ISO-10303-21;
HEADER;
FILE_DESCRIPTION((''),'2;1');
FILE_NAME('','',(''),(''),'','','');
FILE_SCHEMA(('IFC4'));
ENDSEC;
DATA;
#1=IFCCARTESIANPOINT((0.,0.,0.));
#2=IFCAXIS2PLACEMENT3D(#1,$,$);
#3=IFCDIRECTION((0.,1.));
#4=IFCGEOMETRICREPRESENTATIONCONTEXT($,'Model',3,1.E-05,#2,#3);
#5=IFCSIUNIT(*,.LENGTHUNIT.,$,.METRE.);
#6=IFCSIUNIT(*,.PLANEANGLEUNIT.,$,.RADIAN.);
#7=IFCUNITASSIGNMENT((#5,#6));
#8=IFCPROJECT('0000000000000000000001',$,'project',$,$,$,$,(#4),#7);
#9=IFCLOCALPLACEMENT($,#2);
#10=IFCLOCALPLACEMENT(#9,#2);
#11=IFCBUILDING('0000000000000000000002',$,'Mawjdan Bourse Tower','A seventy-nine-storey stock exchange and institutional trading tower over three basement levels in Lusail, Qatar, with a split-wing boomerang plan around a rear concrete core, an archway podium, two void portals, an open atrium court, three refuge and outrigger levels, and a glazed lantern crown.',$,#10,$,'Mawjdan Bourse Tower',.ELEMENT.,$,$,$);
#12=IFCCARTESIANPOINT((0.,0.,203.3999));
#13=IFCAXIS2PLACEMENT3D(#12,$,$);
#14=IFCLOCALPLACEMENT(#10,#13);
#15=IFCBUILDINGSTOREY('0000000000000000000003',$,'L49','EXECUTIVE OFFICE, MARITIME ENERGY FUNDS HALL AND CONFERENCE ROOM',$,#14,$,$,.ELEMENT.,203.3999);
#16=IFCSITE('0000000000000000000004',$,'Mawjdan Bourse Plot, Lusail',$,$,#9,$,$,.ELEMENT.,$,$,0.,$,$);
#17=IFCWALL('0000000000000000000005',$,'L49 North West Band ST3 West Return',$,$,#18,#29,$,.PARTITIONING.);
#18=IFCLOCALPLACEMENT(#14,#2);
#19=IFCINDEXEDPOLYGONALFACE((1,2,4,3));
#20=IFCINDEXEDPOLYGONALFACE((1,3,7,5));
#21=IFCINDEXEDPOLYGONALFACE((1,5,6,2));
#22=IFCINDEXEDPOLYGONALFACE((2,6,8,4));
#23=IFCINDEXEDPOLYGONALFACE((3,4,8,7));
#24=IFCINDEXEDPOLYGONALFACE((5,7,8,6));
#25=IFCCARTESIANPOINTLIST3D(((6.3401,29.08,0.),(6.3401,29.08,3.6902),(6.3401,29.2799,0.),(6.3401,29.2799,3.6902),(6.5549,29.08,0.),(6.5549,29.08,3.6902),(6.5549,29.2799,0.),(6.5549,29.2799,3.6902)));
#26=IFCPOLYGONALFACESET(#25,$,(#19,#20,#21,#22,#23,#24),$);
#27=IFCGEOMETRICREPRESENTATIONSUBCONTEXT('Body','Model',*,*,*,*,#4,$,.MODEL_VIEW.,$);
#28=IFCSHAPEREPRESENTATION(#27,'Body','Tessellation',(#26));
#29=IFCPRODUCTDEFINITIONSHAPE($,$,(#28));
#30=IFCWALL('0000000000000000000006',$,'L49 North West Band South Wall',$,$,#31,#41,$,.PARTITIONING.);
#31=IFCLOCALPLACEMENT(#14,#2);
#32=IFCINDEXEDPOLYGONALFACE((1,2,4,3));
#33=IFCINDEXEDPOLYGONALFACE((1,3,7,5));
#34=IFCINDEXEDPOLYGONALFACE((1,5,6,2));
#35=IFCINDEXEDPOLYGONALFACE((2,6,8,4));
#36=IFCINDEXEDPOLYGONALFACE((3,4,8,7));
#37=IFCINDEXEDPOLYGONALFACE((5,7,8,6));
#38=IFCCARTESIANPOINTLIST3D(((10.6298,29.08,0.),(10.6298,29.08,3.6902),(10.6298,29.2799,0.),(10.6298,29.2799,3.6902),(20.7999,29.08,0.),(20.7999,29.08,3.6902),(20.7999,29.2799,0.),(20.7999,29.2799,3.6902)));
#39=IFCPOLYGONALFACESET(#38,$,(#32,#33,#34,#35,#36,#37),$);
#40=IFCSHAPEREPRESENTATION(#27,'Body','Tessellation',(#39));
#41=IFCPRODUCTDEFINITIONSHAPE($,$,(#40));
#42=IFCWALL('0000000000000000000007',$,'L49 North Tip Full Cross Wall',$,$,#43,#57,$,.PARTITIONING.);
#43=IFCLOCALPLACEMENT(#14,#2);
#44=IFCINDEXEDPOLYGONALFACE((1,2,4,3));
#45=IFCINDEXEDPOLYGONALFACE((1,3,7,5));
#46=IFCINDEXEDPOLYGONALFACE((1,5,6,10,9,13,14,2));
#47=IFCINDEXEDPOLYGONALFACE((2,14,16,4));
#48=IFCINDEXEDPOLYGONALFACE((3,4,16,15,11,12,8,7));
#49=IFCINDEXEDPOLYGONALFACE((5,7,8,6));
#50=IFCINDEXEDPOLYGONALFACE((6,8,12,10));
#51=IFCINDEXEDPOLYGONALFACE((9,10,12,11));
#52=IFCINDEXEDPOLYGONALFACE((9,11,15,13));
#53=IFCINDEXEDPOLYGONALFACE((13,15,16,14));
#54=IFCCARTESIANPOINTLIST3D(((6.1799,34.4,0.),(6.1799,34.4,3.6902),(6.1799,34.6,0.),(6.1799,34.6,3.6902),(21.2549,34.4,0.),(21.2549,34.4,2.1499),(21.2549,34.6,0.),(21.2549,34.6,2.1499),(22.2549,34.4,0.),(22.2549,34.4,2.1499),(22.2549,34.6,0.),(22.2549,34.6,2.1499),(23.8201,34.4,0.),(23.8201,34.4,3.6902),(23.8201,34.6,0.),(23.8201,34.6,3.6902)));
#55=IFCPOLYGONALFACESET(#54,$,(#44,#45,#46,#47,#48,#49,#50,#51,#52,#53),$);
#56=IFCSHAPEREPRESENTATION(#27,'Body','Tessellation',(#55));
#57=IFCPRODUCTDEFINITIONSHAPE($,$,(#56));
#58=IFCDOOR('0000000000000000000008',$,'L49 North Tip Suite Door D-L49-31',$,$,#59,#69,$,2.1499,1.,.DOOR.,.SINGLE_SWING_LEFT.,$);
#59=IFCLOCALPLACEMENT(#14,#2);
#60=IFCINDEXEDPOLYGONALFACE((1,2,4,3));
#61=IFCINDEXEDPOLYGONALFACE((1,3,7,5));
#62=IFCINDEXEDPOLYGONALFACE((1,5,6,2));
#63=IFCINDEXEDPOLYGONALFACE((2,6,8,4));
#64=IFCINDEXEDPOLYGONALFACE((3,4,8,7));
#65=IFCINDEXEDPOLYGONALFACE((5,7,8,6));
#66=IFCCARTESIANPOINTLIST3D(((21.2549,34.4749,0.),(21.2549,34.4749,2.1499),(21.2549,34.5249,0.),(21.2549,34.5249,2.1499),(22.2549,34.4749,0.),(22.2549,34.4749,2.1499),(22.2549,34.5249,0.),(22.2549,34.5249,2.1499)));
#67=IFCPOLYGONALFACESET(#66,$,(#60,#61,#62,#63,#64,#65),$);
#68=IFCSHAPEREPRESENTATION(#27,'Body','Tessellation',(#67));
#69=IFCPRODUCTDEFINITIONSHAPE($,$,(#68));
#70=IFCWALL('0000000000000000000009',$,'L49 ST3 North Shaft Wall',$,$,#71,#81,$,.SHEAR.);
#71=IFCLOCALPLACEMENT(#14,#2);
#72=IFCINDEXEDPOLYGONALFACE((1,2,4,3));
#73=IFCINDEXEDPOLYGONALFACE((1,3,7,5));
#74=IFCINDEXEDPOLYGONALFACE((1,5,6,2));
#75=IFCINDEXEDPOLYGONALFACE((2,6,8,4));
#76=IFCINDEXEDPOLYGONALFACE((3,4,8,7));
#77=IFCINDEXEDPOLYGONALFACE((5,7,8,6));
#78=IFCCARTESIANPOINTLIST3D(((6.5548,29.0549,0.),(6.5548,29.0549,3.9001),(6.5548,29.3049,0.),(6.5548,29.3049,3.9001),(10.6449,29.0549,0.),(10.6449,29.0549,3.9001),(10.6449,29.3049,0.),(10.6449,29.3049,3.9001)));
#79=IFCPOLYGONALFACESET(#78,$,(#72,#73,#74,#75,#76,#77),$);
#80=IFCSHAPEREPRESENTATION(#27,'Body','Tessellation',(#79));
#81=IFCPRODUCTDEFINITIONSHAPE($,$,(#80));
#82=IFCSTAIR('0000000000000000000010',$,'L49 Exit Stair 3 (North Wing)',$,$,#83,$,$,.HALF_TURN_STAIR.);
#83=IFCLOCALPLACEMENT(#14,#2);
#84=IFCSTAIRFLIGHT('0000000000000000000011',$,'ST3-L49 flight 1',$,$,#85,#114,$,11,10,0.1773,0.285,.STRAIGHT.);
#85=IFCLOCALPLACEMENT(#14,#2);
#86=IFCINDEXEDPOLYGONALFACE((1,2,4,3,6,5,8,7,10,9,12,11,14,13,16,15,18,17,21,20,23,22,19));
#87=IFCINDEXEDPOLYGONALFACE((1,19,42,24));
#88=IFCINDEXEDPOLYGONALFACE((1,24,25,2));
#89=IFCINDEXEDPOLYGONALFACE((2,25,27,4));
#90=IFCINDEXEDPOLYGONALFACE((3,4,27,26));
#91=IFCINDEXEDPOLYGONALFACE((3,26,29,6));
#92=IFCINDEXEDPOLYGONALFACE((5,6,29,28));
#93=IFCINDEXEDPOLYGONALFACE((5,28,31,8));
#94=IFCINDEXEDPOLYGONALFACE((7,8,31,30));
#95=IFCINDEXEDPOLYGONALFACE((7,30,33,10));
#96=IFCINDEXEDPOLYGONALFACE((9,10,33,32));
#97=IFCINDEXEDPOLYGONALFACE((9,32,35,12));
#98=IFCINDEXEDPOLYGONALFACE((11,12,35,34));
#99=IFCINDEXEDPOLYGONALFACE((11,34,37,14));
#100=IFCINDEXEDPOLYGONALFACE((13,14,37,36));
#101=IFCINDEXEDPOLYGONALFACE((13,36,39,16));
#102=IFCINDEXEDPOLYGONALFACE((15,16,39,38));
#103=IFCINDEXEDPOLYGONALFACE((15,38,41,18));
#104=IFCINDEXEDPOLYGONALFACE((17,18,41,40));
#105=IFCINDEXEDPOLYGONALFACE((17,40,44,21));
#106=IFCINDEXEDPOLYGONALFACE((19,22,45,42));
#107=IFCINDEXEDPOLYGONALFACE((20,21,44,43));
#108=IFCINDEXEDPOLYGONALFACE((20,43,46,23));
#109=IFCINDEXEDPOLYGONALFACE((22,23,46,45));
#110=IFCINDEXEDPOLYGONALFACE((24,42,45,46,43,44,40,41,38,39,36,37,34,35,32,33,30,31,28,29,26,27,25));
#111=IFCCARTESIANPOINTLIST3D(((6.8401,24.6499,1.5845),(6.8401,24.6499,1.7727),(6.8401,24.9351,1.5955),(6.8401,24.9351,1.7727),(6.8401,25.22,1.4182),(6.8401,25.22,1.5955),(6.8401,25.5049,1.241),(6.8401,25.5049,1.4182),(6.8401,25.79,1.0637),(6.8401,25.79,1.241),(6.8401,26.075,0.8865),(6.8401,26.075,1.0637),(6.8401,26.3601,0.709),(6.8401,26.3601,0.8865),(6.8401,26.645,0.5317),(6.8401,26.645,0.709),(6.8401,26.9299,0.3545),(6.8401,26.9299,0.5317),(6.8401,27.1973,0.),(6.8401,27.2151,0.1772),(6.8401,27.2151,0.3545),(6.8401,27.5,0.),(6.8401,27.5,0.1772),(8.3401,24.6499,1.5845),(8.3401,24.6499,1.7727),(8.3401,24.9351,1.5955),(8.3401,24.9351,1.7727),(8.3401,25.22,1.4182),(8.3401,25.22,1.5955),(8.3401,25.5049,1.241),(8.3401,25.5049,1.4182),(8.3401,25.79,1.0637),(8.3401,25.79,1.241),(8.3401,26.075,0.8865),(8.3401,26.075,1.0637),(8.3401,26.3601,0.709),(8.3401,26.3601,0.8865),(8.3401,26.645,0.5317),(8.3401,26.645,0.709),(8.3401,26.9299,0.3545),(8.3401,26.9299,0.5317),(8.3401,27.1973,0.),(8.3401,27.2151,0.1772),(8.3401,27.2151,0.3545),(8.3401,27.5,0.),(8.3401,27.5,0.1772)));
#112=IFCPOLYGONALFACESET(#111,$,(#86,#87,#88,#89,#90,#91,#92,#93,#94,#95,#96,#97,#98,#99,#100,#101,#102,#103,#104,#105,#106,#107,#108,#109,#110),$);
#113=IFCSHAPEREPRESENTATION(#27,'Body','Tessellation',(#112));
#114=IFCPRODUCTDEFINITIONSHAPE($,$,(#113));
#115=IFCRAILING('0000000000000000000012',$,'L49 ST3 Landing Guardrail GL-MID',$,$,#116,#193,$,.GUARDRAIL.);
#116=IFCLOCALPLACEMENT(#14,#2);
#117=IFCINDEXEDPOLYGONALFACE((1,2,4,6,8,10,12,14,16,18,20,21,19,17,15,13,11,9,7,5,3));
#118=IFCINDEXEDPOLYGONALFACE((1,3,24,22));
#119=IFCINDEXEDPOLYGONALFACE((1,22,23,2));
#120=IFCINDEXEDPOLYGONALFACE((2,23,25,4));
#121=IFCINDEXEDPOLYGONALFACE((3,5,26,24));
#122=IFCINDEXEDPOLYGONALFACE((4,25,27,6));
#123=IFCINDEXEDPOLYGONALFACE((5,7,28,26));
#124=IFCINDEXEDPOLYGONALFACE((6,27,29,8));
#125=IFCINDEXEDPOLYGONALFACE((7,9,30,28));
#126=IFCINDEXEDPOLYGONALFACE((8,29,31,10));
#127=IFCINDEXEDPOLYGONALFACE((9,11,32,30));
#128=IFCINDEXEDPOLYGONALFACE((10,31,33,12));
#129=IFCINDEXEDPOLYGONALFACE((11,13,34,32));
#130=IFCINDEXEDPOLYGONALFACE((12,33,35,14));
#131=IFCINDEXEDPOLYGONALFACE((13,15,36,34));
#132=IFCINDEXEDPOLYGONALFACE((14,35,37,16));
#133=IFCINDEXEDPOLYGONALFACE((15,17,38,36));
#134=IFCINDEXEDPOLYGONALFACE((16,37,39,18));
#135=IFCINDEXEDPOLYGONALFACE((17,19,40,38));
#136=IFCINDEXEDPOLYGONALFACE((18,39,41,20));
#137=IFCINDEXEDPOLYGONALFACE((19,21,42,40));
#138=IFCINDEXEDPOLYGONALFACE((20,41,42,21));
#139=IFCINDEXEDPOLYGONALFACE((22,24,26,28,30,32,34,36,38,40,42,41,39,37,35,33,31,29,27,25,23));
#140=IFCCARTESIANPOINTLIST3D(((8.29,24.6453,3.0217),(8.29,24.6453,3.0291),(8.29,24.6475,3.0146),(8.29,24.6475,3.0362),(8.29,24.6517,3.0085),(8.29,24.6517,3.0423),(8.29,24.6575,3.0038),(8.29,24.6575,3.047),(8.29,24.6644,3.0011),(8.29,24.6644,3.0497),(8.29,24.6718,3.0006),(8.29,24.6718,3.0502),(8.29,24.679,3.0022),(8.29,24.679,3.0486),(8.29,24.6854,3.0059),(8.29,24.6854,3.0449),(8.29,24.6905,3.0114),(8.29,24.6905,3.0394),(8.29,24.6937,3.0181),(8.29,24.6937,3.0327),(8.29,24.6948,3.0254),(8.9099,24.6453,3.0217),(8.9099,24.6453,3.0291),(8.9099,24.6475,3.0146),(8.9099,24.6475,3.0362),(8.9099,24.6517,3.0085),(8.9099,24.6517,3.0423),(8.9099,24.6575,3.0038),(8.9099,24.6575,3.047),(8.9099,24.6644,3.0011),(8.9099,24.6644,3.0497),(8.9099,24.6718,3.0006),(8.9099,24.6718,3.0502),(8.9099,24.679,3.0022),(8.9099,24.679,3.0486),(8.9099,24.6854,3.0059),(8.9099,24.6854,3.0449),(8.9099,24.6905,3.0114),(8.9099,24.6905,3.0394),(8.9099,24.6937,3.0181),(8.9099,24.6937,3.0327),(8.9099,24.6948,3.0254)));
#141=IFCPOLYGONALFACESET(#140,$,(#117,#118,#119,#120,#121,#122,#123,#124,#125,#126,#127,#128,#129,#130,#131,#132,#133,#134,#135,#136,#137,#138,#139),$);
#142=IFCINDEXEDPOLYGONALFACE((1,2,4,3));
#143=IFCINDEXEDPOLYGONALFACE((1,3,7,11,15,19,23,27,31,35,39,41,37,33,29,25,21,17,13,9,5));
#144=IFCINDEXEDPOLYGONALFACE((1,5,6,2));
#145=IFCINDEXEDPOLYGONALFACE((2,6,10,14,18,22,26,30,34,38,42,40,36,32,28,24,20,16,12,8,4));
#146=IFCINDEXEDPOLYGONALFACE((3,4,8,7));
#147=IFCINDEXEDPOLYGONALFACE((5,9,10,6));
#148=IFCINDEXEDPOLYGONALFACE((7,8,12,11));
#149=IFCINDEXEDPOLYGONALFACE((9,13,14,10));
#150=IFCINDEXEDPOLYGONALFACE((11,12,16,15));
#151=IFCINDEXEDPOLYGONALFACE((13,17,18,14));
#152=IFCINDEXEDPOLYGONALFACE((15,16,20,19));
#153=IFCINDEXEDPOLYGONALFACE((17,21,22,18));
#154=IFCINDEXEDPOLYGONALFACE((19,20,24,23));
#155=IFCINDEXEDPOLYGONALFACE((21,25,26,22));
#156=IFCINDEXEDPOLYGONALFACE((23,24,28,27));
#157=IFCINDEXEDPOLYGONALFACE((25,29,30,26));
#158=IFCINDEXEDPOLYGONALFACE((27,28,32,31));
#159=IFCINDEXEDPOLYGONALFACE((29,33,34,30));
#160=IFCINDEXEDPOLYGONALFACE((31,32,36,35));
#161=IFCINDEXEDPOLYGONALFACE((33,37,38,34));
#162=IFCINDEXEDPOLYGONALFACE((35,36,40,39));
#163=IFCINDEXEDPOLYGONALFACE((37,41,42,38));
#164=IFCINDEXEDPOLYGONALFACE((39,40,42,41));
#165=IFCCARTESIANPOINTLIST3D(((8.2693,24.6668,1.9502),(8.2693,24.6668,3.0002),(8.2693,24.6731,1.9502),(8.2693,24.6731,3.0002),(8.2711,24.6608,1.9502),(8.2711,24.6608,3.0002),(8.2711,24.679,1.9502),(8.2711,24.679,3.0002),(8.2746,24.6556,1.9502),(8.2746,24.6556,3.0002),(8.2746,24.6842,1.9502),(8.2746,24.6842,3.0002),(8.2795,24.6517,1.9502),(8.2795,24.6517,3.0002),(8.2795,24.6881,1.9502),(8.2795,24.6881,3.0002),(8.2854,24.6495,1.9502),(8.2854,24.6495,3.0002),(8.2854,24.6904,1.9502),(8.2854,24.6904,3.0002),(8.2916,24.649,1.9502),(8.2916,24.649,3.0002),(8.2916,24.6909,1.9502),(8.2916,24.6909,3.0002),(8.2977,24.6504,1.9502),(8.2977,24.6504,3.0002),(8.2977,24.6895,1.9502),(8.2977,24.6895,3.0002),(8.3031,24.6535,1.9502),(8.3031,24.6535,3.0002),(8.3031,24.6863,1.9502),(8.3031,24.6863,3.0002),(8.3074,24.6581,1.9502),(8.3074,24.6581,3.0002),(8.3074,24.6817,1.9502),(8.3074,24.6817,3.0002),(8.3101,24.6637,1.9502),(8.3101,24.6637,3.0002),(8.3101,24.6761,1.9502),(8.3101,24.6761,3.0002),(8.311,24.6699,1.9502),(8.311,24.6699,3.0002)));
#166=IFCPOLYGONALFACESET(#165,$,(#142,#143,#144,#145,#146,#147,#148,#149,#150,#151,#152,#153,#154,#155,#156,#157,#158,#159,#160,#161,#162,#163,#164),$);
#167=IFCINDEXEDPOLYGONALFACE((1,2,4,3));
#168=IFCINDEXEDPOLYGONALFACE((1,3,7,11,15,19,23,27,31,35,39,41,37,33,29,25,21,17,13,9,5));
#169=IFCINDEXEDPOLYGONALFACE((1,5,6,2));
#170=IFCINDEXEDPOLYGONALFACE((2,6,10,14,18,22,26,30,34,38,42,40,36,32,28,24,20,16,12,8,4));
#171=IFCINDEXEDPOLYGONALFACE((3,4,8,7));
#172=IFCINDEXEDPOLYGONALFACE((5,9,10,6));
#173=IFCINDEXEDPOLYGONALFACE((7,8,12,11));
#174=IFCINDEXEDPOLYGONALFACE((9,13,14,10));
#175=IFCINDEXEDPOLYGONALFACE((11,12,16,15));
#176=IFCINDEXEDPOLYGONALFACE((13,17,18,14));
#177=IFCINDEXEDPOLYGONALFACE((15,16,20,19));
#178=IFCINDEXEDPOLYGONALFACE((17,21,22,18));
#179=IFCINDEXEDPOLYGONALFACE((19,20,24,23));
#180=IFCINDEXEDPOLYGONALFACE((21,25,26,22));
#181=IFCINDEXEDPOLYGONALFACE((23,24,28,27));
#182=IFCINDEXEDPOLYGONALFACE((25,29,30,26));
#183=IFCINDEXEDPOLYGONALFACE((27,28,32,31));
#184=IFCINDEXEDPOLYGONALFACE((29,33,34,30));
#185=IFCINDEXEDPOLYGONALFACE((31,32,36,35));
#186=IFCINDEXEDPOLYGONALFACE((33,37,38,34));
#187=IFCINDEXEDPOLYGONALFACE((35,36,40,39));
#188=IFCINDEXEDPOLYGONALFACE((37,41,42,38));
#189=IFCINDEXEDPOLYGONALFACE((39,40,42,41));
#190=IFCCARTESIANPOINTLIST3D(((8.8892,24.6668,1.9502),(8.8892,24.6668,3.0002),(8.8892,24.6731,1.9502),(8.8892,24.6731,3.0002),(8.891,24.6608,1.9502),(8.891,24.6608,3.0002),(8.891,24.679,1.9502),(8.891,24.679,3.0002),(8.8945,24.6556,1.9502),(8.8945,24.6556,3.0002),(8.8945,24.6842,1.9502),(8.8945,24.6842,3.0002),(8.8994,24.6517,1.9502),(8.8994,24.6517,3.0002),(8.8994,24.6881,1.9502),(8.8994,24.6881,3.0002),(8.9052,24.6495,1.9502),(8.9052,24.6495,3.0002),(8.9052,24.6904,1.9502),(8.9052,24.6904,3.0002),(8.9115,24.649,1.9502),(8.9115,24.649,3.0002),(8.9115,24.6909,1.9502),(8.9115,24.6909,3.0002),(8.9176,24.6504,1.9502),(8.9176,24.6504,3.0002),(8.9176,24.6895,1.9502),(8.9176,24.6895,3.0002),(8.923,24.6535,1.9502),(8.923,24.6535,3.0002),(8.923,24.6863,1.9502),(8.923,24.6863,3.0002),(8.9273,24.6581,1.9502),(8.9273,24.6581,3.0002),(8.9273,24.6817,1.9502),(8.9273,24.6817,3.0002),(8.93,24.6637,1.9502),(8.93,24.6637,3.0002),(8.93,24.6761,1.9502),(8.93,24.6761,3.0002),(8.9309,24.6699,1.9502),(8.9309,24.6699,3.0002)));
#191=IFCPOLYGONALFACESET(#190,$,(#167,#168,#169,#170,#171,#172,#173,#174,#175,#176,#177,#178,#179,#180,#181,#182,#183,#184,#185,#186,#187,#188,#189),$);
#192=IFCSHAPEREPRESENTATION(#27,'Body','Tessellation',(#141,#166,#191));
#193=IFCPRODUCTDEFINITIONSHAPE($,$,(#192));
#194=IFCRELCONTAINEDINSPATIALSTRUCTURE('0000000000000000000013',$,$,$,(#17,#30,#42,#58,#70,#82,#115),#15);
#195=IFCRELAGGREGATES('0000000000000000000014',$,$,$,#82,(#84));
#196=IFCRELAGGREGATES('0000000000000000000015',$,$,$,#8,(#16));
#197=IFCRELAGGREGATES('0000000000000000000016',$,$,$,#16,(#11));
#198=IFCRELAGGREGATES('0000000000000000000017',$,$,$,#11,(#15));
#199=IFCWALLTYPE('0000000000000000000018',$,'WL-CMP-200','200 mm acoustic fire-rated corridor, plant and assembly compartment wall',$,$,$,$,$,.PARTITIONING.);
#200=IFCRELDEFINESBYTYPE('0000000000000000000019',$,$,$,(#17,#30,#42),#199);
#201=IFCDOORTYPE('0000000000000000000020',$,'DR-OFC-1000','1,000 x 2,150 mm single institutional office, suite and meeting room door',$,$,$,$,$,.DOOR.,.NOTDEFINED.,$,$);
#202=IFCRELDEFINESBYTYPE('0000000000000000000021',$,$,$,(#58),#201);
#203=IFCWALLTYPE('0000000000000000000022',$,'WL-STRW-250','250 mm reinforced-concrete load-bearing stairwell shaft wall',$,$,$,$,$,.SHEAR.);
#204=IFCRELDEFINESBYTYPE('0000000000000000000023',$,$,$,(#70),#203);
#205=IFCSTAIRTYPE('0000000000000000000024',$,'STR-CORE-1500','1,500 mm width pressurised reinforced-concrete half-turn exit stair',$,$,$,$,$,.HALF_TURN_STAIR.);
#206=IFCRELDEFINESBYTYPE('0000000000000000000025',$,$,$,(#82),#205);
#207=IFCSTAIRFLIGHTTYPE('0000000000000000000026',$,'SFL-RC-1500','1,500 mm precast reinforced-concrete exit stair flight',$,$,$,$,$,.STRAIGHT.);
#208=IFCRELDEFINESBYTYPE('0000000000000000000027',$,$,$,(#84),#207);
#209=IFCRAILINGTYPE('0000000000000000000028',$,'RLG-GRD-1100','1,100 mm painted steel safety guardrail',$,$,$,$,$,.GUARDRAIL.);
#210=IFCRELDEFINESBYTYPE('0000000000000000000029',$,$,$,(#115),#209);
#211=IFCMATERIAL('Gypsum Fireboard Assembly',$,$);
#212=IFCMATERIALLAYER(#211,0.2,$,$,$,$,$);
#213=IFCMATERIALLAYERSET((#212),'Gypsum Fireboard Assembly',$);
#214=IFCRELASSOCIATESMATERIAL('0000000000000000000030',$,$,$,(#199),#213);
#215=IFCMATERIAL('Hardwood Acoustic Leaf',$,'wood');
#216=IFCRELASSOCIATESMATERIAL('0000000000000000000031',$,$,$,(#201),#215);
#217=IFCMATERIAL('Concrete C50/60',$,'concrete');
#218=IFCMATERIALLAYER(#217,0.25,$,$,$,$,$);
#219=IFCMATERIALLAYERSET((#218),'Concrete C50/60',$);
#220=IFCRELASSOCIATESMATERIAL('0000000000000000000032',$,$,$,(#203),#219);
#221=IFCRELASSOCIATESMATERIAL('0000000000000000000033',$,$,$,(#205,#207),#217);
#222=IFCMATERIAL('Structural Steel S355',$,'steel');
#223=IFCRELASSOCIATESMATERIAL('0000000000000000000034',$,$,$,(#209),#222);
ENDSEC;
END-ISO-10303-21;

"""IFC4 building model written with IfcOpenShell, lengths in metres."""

from ifc_helpers import new_model, si_unit, direction, frame, frame_2d, origin, origin_2d, place, context, subcontext, project, spatial, polyline, rectangle, circle, outline, extrude, material, layer, layer_set, type_object, element, fill, aggregate, save


model = new_model("IFC4")

# Units and contexts
model_context = context("Model", 3, precision=1e-05, world=origin(), true_north=direction((0.0, 1.0)))
body_context = subcontext(model_context, "Body", "Model", "MODEL_VIEW")
ifc_project = project(units=[si_unit("LENGTHUNIT", "METRE"), si_unit("PLANEANGLEUNIT", "RADIAN")], contexts=[model_context])

# Site, building, storey
site_placement = place(None, origin())
site = spatial("IfcSite", under=ifc_project, at=site_placement, Name="Mawjdan Bourse Plot, Lusail", CompositionType="ELEMENT", RefElevation=0.0)
building_placement = place(site_placement, origin())
building = spatial("IfcBuilding", under=site, at=building_placement, Name="Mawjdan Bourse Tower", Description="A seventy-nine-storey stock exchange and institutional trading tower over three basement levels in Lusail, Qatar, with a split-wing boomerang plan around a rear concrete core, an archway podium, two void portals, an open atrium court, three refuge and outrigger levels, and a glazed lantern crown.", LongName="Mawjdan Bourse Tower", CompositionType="ELEMENT")
storey_placement = place(building_placement, frame((0.0, 0.0, 203.3999)))
storey = spatial("IfcBuildingStorey", under=building, at=storey_placement, Name="L49", Description="EXECUTIVE OFFICE, MARITIME ENERGY FUNDS HALL AND CONFERENCE ROOM", CompositionType="ELEMENT", Elevation=203.3999)

# Shared definitions
ifc_material_1 = material(Name="Structural Steel S355", Category="steel")

# Shared definitions
ifc_material_2 = material(Name="Gypsum Fireboard Assembly")
ifc_layer_1 = layer(ifc_material_2, 0.2)
ifc_layer_set_1 = layer_set([ifc_layer_1], Name="Gypsum Fireboard Assembly")
wall_type_1 = type_object("IfcWallType", Name="WL-CMP-200", Description="200 mm acoustic fire-rated corridor, plant and assembly compartment wall", PredefinedType="PARTITIONING", material=ifc_layer_set_1)
ifc_material_3 = material(Name="Hardwood Acoustic Leaf", Category="wood")
door_type = type_object("IfcDoorType", Name="DR-OFC-1000", Description="1,000 x 2,150 mm single institutional office, suite and meeting room door", OperationType="NOTDEFINED", PredefinedType="DOOR", material=ifc_material_3)

# Walls
wall_1_placement = place(storey_placement, frame((6.3401, 29.1799, 0.0), z_axis=(0.0, 0.0, 1.0), x_axis=(1.0, 0.0, 0.0)))
element("IfcWall", 1, at=wall_1_placement, inside=storey, type_object=wall_type_1, Name="L49 North West Band ST3 West Return", PredefinedType="PARTITIONING", context=body_context, shape_type="SweptSolid", body=[
    extrude(rectangle(XDim=0.2148, YDim=0.2, at=frame_2d((0.1074, 0.0))), origin(), (0.0, 0.0, 1.0), 3.6902),
])
wall_2_placement = place(storey_placement, frame((10.6299, 29.1799, 0.0), z_axis=(0.0, 0.0, 1.0), x_axis=(1.0, 0.0, 0.0)))
element("IfcWall", 2, at=wall_2_placement, inside=storey, type_object=wall_type_1, Name="L49 North West Band South Wall", PredefinedType="PARTITIONING", context=body_context, shape_type="SweptSolid", body=[
    extrude(rectangle(XDim=10.1702, YDim=0.2, at=frame_2d((5.085, 0.0))), origin(), (0.0, 0.0, 1.0), 3.6902),
])

# Wall, opening, door
wall_3_placement = place(storey_placement, frame((6.1799, 34.5, 0.0), z_axis=(0.0, 0.0, 1.0), x_axis=(1.0, 0.0, 0.0)))
wall_3 = element("IfcWall", 3, at=wall_3_placement, inside=storey, type_object=wall_type_1, Name="L49 North Tip Full Cross Wall", PredefinedType="PARTITIONING", context=body_context, shape_type="SweptSolid", body=[
    extrude(rectangle(XDim=17.6401, YDim=0.2, at=frame_2d((8.8201, 0.0))), origin(), (0.0, 0.0, 1.0), 3.6902),
])
opening_1_placement = place(wall_3_placement, frame((15.075, 0.0, 0.0)))
opening_1 = element("IfcOpeningElement", 4, at=opening_1_placement, cuts=wall_3, PredefinedType="OPENING", context=body_context, shape_type="SweptSolid", body=[
    extrude(rectangle(XDim=1.0, YDim=2.1499, at=frame_2d((0.5, 1.075))), frame((0.0, 0.1099, 0.0), z_axis=(0.0, -1.0, 0.0), x_axis=(1.0, 0.0, 0.0)), (0.0, 0.0, 1.0), 0.22),
])
door_1_placement = place(opening_1_placement, origin())
door_1 = element("IfcDoor", 5, at=door_1_placement, inside=storey, type_object=door_type, Name="L49 North Tip Suite Door D-L49-31", OperationType="SINGLE_SWING_LEFT", OverallHeight=2.1499, OverallWidth=1.0, PredefinedType="DOOR", context=body_context, shape_type="SweptSolid", body=[
    extrude(rectangle(XDim=1.0, YDim=2.1499, at=frame_2d((0.5, 1.075))), frame((0.0, 0.0249, 0.0), z_axis=(0.0, -1.0, 0.0), x_axis=(1.0, 0.0, 0.0)), (0.0, 0.0, 1.0), 0.05),
])
fill(opening_1, door_1)

# Wall
ifc_material_4 = material(Name="Concrete C50/60", Category="concrete")
ifc_layer_2 = layer(ifc_material_4, 0.25)
ifc_layer_set_2 = layer_set([ifc_layer_2], Name="Concrete C50/60")
wall_type_2 = type_object("IfcWallType", Name="WL-STRW-250", Description="250 mm reinforced-concrete load-bearing stairwell shaft wall", PredefinedType="SHEAR", material=ifc_layer_set_2)
wall_4_placement = place(storey_placement, frame((6.5549, 29.1799, 0.0), z_axis=(0.0, 0.0, 1.0), x_axis=(1.0, 0.0, 0.0)))
element("IfcWall", 6, at=wall_4_placement, inside=storey, type_object=wall_type_2, Name="L49 ST3 North Shaft Wall", PredefinedType="SHEAR", context=body_context, shape_type="SweptSolid", body=[
    extrude(rectangle(XDim=4.0901, YDim=0.25, at=frame_2d((2.0449, 0.0))), origin(), (0.0, 0.0, 1.0), 3.9001),
])

# Stair, stair flight
stair_type = type_object("IfcStairType", Name="STR-CORE-1500", Description="1,500 mm width pressurised reinforced-concrete half-turn exit stair", PredefinedType="HALF_TURN_STAIR", material=ifc_material_4)
stair_placement = place(storey_placement, origin())
stair = element("IfcStair", 7, at=stair_placement, inside=storey, type_object=stair_type, Name="L49 Exit Stair 3 (North Wing)", PredefinedType="HALF_TURN_STAIR")
stair_flight_type = type_object("IfcStairFlightType", Name="SFL-RC-1500", Description="1,500 mm precast reinforced-concrete exit stair flight", PredefinedType="STRAIGHT", material=ifc_material_4)
stair_flight_placement = place(storey_placement, frame((7.5901, 27.5, 0.0), z_axis=(0.0, 0.0, 1.0), x_axis=(0.0, -1.0, 0.0)))
stair_flight = element("IfcStairFlight", 8, at=stair_flight_placement, type_object=stair_flight_type, Name="ST3-L49 flight 1", NumberOfRisers=11, NumberOfTreads=10, PredefinedType="STRAIGHT", RiserHeight=0.1773, TreadLength=0.285, context=body_context, shape_type="SweptSolid", body=[
    extrude(outline(polyline([(0.0, 0.0), (0.0, 0.1772), (0.2849, 0.1772), (0.2849, 0.3545), (0.5701, 0.3545), (0.5701, 0.5317), (0.855, 0.5317), (0.855, 0.709), (1.1399, 0.709), (1.1399, 0.8865), (1.425, 0.8865), (1.425, 1.0637), (1.71, 1.0637), (1.71, 1.241), (1.9951, 1.241), (1.9951, 1.4182), (2.28, 1.4182), (2.28, 1.5955), (2.5649, 1.5955), (2.5649, 1.7727), (2.8501, 1.7727), (2.8501, 1.95), (2.8501, 1.5845), (0.3027, 0.0), (0.0, 0.0)])), frame((0.0, 0.75, 0.0), z_axis=(0.0, -1.0, 0.0), x_axis=(1.0, 0.0, 0.0)), (0.0, 0.0, 1.0), 1.5),
])
aggregate(stair, [stair_flight])

# Railing
railing_type_1 = type_object("IfcRailingType", Name="RLG-GRD-1100", Description="1,100 mm painted steel safety guardrail", PredefinedType="GUARDRAIL", material=ifc_material_1)
for number, where, name in (
    (9, (8.29, 24.6699, 1.9502), "L49 ST3 Landing Guardrail GL-MID"),
):
    element("IfcRailing", number, at=place(storey_placement, frame(where)), inside=storey, type_object=railing_type_1, Name=name, PredefinedType="GUARDRAIL", context=body_context, shape_type="SweptSolid", body=[
        extrude(circle(Radius=0.0249, at=origin_2d()), frame((0.0, 0.0, 1.0752), z_axis=(1.0, 0.0, 0.0), x_axis=(0.0, 1.0, 0.0)), (0.0, 0.0, 1.0), 0.6199),
        extrude(circle(Radius=0.021, at=origin_2d()), origin(), (0.0, 0.0, 1.0), 1.05),
        extrude(circle(Radius=0.021, at=origin_2d()), frame((0.6199, 0.0, 0.0)), (0.0, 0.0, 1.0), 1.05),
    ])

save(model, "model.ifc")
